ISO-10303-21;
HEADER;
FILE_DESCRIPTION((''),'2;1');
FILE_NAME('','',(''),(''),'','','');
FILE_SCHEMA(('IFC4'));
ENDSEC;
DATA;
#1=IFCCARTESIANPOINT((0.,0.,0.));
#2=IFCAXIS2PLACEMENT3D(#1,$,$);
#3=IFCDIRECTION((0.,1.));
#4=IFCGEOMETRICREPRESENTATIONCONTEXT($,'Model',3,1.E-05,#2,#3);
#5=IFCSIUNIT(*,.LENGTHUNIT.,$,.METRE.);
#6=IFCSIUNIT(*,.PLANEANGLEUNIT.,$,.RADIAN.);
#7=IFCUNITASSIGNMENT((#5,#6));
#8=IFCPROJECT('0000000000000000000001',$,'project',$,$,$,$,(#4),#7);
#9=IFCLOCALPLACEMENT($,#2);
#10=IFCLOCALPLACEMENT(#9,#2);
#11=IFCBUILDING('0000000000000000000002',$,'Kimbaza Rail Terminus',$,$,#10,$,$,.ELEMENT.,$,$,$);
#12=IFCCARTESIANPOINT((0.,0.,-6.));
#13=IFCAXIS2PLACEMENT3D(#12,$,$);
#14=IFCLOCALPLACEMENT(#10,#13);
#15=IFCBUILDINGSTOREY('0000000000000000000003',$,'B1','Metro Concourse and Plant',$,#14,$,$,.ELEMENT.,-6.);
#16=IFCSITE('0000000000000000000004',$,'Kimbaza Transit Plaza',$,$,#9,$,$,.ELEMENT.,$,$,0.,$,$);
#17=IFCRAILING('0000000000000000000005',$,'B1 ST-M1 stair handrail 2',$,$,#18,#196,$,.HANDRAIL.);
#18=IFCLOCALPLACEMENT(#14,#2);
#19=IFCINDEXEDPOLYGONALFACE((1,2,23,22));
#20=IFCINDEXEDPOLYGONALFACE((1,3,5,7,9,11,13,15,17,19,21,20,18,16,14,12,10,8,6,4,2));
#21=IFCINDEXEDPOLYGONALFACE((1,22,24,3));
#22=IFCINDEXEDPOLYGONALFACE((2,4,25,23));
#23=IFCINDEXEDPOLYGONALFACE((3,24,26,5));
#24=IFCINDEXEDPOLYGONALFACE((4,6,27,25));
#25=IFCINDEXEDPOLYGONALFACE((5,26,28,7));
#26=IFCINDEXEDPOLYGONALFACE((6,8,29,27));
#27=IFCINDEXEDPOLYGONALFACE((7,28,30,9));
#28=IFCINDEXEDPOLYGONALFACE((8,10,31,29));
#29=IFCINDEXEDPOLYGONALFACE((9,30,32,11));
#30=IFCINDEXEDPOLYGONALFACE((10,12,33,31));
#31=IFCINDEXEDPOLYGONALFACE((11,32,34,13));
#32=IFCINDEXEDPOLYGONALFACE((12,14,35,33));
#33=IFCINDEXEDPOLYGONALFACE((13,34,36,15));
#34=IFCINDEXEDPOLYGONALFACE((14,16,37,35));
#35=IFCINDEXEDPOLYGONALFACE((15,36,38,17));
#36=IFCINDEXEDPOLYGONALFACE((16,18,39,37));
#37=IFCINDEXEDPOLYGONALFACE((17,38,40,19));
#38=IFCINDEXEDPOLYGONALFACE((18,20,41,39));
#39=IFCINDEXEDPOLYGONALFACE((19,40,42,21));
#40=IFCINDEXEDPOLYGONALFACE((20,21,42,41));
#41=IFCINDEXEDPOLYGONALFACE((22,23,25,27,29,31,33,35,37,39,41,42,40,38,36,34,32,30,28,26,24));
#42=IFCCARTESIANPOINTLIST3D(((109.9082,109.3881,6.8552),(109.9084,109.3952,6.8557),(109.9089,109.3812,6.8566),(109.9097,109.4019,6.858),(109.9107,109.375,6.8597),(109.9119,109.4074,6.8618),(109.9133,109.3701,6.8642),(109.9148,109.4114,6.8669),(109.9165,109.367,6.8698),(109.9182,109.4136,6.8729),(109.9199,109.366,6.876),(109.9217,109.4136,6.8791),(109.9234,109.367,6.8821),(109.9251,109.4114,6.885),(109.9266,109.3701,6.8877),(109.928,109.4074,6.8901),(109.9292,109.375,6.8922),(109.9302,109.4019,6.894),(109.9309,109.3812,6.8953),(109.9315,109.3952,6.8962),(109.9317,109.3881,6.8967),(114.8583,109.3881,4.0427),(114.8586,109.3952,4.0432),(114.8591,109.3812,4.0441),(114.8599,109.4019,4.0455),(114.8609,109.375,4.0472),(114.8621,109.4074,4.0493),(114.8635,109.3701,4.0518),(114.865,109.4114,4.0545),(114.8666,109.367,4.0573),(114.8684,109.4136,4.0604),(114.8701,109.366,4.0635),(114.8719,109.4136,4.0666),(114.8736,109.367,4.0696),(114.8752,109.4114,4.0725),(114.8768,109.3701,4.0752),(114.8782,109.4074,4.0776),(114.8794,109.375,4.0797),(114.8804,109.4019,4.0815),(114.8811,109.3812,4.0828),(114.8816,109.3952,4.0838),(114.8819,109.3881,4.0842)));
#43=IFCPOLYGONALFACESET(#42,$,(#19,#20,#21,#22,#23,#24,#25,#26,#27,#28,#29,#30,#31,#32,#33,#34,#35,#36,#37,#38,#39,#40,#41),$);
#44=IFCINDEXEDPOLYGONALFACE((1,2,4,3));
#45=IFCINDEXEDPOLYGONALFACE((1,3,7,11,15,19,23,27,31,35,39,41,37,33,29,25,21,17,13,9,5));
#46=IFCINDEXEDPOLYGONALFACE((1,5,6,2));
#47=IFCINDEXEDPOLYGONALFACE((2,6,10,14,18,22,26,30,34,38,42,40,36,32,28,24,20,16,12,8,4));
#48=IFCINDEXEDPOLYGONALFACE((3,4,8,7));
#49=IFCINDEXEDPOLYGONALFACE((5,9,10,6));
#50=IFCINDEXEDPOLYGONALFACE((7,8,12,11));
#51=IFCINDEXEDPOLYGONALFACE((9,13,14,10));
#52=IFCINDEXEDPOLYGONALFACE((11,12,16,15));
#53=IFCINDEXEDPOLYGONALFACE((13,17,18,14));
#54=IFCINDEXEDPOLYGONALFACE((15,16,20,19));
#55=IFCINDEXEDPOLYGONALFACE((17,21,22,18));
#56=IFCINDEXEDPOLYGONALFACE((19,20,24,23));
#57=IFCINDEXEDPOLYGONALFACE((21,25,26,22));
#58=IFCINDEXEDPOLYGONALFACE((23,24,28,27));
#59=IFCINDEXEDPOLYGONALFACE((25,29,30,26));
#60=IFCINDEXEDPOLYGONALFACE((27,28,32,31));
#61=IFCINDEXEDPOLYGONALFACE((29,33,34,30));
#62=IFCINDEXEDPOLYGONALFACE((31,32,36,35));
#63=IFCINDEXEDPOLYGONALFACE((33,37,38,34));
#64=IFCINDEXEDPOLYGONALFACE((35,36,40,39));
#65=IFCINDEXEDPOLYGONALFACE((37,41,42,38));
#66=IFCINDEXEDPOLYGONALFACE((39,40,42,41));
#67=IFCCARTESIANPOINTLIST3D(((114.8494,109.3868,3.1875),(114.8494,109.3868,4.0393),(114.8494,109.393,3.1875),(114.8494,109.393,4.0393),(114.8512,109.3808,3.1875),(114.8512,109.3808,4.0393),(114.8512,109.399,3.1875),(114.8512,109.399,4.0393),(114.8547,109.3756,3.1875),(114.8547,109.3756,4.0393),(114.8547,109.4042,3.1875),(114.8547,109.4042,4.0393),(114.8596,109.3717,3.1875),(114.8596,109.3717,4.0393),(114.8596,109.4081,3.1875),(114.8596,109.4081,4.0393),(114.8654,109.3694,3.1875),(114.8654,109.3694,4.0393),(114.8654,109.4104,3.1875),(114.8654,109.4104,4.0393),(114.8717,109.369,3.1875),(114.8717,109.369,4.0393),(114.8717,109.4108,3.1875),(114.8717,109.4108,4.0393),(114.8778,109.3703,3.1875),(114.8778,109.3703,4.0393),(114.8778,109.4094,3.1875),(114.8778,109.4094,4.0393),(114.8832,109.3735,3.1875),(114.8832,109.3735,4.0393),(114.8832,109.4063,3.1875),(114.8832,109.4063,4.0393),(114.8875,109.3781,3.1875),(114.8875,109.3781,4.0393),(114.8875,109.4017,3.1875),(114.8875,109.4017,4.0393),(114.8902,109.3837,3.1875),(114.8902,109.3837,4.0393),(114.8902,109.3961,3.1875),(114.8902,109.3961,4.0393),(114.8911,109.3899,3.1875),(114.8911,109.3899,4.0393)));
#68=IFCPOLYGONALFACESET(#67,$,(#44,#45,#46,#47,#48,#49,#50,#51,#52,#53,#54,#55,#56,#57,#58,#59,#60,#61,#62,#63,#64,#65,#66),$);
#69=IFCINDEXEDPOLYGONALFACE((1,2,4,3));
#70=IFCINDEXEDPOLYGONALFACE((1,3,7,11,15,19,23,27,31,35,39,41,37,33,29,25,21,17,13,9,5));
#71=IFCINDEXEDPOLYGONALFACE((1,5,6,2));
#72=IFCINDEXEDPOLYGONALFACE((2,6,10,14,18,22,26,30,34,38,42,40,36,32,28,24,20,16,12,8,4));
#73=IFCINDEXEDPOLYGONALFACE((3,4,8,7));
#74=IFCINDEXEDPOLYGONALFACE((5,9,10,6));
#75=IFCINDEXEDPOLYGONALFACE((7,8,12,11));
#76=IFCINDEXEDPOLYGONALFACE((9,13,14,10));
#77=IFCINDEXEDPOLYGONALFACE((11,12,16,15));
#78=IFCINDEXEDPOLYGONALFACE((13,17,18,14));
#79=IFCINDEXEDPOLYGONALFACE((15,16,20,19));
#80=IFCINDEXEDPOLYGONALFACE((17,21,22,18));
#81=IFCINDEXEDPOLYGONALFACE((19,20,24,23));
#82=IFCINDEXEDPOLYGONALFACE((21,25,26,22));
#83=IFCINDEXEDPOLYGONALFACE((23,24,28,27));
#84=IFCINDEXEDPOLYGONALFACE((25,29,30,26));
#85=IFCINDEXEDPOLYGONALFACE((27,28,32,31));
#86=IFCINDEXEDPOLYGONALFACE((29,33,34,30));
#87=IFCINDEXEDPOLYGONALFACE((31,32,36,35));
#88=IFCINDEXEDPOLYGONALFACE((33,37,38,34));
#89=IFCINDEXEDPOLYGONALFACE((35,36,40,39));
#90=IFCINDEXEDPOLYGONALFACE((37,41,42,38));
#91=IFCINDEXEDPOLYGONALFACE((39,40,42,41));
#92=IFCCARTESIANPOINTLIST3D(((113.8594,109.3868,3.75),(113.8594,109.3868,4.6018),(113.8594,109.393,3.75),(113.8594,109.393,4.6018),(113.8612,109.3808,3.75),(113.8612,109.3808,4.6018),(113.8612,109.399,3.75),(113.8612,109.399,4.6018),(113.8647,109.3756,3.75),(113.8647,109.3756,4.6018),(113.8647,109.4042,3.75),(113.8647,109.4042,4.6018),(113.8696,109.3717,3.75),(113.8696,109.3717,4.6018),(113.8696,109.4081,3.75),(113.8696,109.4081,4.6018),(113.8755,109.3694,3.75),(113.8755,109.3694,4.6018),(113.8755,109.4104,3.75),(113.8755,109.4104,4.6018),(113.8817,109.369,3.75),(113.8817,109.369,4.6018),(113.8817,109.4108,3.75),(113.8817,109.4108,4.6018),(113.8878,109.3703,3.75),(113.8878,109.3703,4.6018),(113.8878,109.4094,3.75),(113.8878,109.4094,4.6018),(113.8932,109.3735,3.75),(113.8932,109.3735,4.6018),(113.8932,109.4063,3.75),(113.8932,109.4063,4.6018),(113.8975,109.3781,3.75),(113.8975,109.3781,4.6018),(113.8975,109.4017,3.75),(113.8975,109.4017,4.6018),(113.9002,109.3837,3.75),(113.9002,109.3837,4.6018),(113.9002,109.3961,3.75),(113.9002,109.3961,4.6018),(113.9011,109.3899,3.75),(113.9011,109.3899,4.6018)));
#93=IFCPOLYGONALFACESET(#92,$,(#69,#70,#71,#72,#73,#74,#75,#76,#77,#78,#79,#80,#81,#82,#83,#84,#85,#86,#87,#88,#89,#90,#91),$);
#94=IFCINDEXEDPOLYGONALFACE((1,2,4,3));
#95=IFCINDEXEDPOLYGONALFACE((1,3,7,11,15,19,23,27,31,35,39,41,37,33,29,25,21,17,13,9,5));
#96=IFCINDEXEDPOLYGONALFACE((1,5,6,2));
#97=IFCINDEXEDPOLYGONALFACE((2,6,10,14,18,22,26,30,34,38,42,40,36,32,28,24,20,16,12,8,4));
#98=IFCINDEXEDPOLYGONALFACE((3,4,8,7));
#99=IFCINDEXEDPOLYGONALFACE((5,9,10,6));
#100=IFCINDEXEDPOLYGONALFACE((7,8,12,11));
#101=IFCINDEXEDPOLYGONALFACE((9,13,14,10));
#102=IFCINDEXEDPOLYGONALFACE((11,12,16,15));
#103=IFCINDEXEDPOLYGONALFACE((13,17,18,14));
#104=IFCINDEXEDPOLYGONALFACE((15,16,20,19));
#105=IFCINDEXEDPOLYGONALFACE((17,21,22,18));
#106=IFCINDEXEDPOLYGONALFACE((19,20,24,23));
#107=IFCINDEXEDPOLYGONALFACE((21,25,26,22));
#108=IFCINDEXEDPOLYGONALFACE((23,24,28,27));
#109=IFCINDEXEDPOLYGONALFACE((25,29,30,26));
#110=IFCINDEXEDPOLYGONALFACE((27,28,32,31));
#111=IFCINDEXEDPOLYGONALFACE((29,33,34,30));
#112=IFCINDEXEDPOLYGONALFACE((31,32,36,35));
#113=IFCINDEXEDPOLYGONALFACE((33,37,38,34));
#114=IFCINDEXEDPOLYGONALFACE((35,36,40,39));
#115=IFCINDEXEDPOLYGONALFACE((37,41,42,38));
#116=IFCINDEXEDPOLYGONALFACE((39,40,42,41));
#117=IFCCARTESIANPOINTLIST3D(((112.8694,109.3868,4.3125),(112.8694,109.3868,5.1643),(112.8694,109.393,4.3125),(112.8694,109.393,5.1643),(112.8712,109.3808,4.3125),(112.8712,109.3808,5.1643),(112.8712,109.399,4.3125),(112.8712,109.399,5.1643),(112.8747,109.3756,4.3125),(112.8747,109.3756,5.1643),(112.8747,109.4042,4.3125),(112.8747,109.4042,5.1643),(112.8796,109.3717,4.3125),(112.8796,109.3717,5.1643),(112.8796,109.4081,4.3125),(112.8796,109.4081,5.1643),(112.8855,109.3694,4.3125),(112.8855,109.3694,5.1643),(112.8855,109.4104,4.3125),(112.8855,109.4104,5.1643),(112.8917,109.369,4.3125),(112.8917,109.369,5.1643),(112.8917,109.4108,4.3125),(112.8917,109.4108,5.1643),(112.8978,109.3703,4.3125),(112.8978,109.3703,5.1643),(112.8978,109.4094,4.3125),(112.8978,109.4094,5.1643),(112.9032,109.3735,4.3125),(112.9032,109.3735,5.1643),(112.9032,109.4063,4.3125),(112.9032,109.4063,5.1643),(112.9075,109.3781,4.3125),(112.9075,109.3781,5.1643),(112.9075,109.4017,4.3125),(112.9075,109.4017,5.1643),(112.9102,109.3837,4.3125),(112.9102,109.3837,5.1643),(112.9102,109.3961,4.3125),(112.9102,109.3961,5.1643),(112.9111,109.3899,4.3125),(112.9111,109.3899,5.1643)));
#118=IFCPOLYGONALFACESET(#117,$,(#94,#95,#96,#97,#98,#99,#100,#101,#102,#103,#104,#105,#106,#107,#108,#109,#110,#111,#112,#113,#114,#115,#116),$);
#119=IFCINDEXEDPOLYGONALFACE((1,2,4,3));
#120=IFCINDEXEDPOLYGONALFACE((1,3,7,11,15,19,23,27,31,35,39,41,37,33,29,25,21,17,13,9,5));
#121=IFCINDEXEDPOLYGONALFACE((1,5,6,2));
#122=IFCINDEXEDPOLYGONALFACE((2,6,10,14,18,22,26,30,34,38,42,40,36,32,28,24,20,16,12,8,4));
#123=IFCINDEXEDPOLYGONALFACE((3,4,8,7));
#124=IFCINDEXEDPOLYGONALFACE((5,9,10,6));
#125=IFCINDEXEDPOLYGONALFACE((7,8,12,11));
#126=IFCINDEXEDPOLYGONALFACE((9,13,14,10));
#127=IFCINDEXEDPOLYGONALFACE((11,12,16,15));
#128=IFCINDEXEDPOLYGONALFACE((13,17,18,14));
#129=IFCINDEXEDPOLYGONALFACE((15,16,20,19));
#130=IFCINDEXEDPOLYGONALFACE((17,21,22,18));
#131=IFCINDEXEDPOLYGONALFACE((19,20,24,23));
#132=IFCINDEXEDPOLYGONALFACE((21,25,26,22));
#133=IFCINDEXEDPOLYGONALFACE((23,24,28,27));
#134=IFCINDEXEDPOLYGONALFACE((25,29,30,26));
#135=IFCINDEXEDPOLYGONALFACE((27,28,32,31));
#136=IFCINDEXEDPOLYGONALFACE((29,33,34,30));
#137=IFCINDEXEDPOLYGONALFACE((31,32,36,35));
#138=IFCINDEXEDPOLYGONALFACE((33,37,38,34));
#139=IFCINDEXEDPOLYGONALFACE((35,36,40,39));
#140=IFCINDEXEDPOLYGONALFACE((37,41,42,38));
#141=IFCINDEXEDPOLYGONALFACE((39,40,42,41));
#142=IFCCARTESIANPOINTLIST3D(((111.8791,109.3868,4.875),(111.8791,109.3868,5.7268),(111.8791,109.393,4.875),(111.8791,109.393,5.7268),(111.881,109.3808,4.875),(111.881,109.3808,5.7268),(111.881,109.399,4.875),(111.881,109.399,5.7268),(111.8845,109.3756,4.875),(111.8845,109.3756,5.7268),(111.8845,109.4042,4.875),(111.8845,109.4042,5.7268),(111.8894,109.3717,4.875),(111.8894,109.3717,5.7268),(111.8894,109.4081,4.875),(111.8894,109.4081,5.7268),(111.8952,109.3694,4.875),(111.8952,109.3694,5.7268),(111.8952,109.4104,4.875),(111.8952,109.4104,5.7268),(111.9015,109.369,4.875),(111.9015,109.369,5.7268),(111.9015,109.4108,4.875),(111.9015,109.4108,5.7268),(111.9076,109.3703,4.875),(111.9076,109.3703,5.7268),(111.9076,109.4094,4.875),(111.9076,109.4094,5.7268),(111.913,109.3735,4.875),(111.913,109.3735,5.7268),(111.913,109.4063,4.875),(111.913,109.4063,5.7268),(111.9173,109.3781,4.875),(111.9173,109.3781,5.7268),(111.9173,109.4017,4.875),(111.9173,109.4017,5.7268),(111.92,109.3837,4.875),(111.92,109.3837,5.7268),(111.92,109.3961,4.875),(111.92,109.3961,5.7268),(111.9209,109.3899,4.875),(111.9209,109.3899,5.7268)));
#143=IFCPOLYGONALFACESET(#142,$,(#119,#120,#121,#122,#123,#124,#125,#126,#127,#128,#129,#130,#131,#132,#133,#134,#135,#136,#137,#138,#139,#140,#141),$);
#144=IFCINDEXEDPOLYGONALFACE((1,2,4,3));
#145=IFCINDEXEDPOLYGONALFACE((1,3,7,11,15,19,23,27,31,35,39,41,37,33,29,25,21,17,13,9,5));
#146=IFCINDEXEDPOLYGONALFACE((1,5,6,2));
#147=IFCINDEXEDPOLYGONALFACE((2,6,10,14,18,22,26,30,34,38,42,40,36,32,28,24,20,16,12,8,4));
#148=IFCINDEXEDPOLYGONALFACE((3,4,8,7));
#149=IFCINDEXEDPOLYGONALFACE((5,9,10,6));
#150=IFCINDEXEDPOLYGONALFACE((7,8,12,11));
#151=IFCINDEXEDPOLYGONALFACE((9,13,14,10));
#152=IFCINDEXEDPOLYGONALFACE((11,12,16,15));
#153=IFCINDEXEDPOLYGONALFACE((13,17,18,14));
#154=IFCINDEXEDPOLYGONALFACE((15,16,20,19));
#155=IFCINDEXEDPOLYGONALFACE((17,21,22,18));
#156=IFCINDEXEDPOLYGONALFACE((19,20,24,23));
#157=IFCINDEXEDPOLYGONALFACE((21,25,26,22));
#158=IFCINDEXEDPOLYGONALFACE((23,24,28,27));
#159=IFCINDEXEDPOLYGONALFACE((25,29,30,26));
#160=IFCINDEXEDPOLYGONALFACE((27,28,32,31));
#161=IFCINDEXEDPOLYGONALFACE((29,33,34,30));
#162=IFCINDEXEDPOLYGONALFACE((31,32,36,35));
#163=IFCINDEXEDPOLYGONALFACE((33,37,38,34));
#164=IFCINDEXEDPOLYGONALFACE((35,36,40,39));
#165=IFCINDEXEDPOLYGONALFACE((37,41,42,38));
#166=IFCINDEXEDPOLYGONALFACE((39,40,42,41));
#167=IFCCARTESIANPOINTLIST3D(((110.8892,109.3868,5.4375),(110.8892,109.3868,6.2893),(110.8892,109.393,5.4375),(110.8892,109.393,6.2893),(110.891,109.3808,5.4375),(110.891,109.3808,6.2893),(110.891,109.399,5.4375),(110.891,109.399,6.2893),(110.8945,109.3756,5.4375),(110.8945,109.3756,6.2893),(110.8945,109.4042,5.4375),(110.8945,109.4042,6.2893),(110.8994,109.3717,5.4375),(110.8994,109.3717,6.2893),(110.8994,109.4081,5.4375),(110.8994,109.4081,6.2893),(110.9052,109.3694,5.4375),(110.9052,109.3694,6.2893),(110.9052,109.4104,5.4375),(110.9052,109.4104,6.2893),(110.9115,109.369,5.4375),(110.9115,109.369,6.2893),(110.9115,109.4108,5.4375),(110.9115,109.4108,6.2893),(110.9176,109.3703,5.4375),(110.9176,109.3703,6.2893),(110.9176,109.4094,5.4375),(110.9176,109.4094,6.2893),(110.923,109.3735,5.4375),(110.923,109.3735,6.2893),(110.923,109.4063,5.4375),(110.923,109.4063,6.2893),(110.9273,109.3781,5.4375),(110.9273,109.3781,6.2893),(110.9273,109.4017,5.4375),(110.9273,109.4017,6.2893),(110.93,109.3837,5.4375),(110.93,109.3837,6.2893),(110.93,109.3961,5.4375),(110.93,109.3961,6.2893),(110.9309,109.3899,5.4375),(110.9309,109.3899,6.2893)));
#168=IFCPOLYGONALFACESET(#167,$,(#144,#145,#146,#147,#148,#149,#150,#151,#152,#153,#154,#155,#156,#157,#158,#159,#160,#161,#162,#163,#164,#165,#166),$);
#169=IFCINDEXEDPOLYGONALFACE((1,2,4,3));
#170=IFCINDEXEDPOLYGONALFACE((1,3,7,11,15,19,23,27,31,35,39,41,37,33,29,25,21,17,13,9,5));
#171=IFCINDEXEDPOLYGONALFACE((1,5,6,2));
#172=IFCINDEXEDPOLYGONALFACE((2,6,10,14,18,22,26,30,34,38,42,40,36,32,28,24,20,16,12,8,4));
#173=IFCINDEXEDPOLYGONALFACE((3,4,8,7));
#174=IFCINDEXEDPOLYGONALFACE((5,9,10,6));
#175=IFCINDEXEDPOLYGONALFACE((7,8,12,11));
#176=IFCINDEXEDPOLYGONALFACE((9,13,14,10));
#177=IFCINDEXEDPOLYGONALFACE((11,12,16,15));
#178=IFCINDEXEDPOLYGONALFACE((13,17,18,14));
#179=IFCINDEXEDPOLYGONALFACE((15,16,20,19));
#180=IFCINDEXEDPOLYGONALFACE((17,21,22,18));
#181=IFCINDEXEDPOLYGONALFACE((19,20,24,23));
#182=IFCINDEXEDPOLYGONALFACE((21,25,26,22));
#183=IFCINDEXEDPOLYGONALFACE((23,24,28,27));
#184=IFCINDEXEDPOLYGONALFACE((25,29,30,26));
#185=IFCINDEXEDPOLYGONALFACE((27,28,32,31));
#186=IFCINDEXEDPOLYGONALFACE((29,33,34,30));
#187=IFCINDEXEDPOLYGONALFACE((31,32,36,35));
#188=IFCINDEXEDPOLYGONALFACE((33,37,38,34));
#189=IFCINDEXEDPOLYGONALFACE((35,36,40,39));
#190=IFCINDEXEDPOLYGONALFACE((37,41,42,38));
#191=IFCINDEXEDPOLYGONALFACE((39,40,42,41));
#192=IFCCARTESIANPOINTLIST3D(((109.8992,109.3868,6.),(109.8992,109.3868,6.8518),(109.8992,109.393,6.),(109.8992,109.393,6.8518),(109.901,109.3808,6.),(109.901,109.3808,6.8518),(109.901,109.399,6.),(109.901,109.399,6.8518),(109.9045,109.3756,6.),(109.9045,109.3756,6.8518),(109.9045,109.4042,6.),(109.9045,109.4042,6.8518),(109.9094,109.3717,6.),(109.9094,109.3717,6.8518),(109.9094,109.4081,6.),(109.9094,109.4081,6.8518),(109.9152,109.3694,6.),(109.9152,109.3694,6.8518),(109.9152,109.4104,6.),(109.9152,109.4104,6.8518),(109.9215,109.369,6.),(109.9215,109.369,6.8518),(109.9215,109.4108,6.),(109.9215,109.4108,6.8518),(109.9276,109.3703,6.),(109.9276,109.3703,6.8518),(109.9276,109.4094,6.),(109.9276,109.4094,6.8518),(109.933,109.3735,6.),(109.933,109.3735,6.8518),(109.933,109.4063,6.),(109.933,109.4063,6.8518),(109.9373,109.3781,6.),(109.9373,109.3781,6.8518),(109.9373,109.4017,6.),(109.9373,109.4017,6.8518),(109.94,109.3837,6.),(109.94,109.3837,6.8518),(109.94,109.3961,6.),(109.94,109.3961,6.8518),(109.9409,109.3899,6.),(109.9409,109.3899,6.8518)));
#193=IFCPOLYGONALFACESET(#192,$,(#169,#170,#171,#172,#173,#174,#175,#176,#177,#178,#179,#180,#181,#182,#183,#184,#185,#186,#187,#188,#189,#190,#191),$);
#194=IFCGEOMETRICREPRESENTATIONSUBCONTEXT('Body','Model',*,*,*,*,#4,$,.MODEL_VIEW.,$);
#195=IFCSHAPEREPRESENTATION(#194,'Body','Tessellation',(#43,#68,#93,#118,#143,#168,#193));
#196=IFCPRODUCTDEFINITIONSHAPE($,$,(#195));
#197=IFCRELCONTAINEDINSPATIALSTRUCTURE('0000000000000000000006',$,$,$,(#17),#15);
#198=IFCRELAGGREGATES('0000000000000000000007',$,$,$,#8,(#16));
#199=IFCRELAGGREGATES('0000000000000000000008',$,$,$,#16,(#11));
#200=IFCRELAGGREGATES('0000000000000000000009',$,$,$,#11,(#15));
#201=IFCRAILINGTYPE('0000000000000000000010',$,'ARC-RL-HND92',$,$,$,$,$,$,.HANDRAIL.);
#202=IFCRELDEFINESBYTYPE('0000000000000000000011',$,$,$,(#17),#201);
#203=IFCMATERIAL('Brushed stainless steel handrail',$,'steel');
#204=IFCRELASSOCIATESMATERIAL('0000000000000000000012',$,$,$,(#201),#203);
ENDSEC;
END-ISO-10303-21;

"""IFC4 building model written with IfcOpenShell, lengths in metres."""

from ifc_helpers import new_model, si_unit, direction, frame, origin, origin_2d, place, context, subcontext, project, spatial, circle, extrude, material, type_object, element, save


model = new_model("IFC4")

# Units and contexts
model_context = context("Model", 3, precision=1e-05, world=origin(), true_north=direction((0.0, 1.0)))
body_context = subcontext(model_context, "Body", "Model", "MODEL_VIEW")
ifc_project = project(units=[si_unit("LENGTHUNIT", "METRE"), si_unit("PLANEANGLEUNIT", "RADIAN")], contexts=[model_context])

# Site, building, storey
site_placement = place(None, origin())
site = spatial("IfcSite", under=ifc_project, at=site_placement, Name="Kimbaza Transit Plaza", CompositionType="ELEMENT", RefElevation=0.0)
building_placement = place(site_placement, origin())
building = spatial("IfcBuilding", under=site, at=building_placement, Name="Kimbaza Rail Terminus", CompositionType="ELEMENT")
storey_placement = place(building_placement, frame((0.0, 0.0, -6.0)))
storey = spatial("IfcBuildingStorey", under=building, at=storey_placement, Name="B1", Description="Metro Concourse and Plant", CompositionType="ELEMENT", Elevation=-6.0)

# Railing
ifc_material_1 = material(Name="Brushed stainless steel handrail", Category="steel")
railing_type_1 = type_object("IfcRailingType", Name="ARC-RL-HND92", PredefinedType="HANDRAIL", material=ifc_material_1)
railing_1_placement = place(storey_placement, frame((114.8701, 109.3899, 3.1875)))
element("IfcRailing", 1, at=railing_1_placement, inside=storey, type_object=railing_type_1, Name="B1 ST-M1 stair handrail 2", PredefinedType="HANDRAIL", context=body_context, shape_type="SweptSolid", body=[
    extrude(circle(Radius=0.0239, at=origin_2d()), frame((0.0, 0.0, 0.876), z_axis=(-0.869465, 0.0, 0.493995), x_axis=(0.0, -1.0, 0.0)), (0.0, 0.0, 1.0), 5.6934),
    extrude(circle(Radius=0.021, at=origin_2d()), origin(), (0.0, 0.0, 1.0), 0.8518),
    extrude(circle(Radius=0.021, at=origin_2d()), frame((-0.99, 0.0, 0.5625)), (0.0, 0.0, 1.0), 0.8518),
    extrude(circle(Radius=0.021, at=origin_2d()), frame((-1.98, 0.0, 1.125)), (0.0, 0.0, 1.0), 0.8518),
    extrude(circle(Radius=0.021, at=origin_2d()), frame((-2.9702, 0.0, 1.6875)), (0.0, 0.0, 1.0), 0.8518),
    extrude(circle(Radius=0.021, at=origin_2d()), frame((-3.9602, 0.0, 2.25)), (0.0, 0.0, 1.0), 0.8518),
    extrude(circle(Radius=0.021, at=origin_2d()), frame((-4.9502, 0.0, 2.8125)), (0.0, 0.0, 1.0), 0.8518),
])

save(model, "model.ifc")
